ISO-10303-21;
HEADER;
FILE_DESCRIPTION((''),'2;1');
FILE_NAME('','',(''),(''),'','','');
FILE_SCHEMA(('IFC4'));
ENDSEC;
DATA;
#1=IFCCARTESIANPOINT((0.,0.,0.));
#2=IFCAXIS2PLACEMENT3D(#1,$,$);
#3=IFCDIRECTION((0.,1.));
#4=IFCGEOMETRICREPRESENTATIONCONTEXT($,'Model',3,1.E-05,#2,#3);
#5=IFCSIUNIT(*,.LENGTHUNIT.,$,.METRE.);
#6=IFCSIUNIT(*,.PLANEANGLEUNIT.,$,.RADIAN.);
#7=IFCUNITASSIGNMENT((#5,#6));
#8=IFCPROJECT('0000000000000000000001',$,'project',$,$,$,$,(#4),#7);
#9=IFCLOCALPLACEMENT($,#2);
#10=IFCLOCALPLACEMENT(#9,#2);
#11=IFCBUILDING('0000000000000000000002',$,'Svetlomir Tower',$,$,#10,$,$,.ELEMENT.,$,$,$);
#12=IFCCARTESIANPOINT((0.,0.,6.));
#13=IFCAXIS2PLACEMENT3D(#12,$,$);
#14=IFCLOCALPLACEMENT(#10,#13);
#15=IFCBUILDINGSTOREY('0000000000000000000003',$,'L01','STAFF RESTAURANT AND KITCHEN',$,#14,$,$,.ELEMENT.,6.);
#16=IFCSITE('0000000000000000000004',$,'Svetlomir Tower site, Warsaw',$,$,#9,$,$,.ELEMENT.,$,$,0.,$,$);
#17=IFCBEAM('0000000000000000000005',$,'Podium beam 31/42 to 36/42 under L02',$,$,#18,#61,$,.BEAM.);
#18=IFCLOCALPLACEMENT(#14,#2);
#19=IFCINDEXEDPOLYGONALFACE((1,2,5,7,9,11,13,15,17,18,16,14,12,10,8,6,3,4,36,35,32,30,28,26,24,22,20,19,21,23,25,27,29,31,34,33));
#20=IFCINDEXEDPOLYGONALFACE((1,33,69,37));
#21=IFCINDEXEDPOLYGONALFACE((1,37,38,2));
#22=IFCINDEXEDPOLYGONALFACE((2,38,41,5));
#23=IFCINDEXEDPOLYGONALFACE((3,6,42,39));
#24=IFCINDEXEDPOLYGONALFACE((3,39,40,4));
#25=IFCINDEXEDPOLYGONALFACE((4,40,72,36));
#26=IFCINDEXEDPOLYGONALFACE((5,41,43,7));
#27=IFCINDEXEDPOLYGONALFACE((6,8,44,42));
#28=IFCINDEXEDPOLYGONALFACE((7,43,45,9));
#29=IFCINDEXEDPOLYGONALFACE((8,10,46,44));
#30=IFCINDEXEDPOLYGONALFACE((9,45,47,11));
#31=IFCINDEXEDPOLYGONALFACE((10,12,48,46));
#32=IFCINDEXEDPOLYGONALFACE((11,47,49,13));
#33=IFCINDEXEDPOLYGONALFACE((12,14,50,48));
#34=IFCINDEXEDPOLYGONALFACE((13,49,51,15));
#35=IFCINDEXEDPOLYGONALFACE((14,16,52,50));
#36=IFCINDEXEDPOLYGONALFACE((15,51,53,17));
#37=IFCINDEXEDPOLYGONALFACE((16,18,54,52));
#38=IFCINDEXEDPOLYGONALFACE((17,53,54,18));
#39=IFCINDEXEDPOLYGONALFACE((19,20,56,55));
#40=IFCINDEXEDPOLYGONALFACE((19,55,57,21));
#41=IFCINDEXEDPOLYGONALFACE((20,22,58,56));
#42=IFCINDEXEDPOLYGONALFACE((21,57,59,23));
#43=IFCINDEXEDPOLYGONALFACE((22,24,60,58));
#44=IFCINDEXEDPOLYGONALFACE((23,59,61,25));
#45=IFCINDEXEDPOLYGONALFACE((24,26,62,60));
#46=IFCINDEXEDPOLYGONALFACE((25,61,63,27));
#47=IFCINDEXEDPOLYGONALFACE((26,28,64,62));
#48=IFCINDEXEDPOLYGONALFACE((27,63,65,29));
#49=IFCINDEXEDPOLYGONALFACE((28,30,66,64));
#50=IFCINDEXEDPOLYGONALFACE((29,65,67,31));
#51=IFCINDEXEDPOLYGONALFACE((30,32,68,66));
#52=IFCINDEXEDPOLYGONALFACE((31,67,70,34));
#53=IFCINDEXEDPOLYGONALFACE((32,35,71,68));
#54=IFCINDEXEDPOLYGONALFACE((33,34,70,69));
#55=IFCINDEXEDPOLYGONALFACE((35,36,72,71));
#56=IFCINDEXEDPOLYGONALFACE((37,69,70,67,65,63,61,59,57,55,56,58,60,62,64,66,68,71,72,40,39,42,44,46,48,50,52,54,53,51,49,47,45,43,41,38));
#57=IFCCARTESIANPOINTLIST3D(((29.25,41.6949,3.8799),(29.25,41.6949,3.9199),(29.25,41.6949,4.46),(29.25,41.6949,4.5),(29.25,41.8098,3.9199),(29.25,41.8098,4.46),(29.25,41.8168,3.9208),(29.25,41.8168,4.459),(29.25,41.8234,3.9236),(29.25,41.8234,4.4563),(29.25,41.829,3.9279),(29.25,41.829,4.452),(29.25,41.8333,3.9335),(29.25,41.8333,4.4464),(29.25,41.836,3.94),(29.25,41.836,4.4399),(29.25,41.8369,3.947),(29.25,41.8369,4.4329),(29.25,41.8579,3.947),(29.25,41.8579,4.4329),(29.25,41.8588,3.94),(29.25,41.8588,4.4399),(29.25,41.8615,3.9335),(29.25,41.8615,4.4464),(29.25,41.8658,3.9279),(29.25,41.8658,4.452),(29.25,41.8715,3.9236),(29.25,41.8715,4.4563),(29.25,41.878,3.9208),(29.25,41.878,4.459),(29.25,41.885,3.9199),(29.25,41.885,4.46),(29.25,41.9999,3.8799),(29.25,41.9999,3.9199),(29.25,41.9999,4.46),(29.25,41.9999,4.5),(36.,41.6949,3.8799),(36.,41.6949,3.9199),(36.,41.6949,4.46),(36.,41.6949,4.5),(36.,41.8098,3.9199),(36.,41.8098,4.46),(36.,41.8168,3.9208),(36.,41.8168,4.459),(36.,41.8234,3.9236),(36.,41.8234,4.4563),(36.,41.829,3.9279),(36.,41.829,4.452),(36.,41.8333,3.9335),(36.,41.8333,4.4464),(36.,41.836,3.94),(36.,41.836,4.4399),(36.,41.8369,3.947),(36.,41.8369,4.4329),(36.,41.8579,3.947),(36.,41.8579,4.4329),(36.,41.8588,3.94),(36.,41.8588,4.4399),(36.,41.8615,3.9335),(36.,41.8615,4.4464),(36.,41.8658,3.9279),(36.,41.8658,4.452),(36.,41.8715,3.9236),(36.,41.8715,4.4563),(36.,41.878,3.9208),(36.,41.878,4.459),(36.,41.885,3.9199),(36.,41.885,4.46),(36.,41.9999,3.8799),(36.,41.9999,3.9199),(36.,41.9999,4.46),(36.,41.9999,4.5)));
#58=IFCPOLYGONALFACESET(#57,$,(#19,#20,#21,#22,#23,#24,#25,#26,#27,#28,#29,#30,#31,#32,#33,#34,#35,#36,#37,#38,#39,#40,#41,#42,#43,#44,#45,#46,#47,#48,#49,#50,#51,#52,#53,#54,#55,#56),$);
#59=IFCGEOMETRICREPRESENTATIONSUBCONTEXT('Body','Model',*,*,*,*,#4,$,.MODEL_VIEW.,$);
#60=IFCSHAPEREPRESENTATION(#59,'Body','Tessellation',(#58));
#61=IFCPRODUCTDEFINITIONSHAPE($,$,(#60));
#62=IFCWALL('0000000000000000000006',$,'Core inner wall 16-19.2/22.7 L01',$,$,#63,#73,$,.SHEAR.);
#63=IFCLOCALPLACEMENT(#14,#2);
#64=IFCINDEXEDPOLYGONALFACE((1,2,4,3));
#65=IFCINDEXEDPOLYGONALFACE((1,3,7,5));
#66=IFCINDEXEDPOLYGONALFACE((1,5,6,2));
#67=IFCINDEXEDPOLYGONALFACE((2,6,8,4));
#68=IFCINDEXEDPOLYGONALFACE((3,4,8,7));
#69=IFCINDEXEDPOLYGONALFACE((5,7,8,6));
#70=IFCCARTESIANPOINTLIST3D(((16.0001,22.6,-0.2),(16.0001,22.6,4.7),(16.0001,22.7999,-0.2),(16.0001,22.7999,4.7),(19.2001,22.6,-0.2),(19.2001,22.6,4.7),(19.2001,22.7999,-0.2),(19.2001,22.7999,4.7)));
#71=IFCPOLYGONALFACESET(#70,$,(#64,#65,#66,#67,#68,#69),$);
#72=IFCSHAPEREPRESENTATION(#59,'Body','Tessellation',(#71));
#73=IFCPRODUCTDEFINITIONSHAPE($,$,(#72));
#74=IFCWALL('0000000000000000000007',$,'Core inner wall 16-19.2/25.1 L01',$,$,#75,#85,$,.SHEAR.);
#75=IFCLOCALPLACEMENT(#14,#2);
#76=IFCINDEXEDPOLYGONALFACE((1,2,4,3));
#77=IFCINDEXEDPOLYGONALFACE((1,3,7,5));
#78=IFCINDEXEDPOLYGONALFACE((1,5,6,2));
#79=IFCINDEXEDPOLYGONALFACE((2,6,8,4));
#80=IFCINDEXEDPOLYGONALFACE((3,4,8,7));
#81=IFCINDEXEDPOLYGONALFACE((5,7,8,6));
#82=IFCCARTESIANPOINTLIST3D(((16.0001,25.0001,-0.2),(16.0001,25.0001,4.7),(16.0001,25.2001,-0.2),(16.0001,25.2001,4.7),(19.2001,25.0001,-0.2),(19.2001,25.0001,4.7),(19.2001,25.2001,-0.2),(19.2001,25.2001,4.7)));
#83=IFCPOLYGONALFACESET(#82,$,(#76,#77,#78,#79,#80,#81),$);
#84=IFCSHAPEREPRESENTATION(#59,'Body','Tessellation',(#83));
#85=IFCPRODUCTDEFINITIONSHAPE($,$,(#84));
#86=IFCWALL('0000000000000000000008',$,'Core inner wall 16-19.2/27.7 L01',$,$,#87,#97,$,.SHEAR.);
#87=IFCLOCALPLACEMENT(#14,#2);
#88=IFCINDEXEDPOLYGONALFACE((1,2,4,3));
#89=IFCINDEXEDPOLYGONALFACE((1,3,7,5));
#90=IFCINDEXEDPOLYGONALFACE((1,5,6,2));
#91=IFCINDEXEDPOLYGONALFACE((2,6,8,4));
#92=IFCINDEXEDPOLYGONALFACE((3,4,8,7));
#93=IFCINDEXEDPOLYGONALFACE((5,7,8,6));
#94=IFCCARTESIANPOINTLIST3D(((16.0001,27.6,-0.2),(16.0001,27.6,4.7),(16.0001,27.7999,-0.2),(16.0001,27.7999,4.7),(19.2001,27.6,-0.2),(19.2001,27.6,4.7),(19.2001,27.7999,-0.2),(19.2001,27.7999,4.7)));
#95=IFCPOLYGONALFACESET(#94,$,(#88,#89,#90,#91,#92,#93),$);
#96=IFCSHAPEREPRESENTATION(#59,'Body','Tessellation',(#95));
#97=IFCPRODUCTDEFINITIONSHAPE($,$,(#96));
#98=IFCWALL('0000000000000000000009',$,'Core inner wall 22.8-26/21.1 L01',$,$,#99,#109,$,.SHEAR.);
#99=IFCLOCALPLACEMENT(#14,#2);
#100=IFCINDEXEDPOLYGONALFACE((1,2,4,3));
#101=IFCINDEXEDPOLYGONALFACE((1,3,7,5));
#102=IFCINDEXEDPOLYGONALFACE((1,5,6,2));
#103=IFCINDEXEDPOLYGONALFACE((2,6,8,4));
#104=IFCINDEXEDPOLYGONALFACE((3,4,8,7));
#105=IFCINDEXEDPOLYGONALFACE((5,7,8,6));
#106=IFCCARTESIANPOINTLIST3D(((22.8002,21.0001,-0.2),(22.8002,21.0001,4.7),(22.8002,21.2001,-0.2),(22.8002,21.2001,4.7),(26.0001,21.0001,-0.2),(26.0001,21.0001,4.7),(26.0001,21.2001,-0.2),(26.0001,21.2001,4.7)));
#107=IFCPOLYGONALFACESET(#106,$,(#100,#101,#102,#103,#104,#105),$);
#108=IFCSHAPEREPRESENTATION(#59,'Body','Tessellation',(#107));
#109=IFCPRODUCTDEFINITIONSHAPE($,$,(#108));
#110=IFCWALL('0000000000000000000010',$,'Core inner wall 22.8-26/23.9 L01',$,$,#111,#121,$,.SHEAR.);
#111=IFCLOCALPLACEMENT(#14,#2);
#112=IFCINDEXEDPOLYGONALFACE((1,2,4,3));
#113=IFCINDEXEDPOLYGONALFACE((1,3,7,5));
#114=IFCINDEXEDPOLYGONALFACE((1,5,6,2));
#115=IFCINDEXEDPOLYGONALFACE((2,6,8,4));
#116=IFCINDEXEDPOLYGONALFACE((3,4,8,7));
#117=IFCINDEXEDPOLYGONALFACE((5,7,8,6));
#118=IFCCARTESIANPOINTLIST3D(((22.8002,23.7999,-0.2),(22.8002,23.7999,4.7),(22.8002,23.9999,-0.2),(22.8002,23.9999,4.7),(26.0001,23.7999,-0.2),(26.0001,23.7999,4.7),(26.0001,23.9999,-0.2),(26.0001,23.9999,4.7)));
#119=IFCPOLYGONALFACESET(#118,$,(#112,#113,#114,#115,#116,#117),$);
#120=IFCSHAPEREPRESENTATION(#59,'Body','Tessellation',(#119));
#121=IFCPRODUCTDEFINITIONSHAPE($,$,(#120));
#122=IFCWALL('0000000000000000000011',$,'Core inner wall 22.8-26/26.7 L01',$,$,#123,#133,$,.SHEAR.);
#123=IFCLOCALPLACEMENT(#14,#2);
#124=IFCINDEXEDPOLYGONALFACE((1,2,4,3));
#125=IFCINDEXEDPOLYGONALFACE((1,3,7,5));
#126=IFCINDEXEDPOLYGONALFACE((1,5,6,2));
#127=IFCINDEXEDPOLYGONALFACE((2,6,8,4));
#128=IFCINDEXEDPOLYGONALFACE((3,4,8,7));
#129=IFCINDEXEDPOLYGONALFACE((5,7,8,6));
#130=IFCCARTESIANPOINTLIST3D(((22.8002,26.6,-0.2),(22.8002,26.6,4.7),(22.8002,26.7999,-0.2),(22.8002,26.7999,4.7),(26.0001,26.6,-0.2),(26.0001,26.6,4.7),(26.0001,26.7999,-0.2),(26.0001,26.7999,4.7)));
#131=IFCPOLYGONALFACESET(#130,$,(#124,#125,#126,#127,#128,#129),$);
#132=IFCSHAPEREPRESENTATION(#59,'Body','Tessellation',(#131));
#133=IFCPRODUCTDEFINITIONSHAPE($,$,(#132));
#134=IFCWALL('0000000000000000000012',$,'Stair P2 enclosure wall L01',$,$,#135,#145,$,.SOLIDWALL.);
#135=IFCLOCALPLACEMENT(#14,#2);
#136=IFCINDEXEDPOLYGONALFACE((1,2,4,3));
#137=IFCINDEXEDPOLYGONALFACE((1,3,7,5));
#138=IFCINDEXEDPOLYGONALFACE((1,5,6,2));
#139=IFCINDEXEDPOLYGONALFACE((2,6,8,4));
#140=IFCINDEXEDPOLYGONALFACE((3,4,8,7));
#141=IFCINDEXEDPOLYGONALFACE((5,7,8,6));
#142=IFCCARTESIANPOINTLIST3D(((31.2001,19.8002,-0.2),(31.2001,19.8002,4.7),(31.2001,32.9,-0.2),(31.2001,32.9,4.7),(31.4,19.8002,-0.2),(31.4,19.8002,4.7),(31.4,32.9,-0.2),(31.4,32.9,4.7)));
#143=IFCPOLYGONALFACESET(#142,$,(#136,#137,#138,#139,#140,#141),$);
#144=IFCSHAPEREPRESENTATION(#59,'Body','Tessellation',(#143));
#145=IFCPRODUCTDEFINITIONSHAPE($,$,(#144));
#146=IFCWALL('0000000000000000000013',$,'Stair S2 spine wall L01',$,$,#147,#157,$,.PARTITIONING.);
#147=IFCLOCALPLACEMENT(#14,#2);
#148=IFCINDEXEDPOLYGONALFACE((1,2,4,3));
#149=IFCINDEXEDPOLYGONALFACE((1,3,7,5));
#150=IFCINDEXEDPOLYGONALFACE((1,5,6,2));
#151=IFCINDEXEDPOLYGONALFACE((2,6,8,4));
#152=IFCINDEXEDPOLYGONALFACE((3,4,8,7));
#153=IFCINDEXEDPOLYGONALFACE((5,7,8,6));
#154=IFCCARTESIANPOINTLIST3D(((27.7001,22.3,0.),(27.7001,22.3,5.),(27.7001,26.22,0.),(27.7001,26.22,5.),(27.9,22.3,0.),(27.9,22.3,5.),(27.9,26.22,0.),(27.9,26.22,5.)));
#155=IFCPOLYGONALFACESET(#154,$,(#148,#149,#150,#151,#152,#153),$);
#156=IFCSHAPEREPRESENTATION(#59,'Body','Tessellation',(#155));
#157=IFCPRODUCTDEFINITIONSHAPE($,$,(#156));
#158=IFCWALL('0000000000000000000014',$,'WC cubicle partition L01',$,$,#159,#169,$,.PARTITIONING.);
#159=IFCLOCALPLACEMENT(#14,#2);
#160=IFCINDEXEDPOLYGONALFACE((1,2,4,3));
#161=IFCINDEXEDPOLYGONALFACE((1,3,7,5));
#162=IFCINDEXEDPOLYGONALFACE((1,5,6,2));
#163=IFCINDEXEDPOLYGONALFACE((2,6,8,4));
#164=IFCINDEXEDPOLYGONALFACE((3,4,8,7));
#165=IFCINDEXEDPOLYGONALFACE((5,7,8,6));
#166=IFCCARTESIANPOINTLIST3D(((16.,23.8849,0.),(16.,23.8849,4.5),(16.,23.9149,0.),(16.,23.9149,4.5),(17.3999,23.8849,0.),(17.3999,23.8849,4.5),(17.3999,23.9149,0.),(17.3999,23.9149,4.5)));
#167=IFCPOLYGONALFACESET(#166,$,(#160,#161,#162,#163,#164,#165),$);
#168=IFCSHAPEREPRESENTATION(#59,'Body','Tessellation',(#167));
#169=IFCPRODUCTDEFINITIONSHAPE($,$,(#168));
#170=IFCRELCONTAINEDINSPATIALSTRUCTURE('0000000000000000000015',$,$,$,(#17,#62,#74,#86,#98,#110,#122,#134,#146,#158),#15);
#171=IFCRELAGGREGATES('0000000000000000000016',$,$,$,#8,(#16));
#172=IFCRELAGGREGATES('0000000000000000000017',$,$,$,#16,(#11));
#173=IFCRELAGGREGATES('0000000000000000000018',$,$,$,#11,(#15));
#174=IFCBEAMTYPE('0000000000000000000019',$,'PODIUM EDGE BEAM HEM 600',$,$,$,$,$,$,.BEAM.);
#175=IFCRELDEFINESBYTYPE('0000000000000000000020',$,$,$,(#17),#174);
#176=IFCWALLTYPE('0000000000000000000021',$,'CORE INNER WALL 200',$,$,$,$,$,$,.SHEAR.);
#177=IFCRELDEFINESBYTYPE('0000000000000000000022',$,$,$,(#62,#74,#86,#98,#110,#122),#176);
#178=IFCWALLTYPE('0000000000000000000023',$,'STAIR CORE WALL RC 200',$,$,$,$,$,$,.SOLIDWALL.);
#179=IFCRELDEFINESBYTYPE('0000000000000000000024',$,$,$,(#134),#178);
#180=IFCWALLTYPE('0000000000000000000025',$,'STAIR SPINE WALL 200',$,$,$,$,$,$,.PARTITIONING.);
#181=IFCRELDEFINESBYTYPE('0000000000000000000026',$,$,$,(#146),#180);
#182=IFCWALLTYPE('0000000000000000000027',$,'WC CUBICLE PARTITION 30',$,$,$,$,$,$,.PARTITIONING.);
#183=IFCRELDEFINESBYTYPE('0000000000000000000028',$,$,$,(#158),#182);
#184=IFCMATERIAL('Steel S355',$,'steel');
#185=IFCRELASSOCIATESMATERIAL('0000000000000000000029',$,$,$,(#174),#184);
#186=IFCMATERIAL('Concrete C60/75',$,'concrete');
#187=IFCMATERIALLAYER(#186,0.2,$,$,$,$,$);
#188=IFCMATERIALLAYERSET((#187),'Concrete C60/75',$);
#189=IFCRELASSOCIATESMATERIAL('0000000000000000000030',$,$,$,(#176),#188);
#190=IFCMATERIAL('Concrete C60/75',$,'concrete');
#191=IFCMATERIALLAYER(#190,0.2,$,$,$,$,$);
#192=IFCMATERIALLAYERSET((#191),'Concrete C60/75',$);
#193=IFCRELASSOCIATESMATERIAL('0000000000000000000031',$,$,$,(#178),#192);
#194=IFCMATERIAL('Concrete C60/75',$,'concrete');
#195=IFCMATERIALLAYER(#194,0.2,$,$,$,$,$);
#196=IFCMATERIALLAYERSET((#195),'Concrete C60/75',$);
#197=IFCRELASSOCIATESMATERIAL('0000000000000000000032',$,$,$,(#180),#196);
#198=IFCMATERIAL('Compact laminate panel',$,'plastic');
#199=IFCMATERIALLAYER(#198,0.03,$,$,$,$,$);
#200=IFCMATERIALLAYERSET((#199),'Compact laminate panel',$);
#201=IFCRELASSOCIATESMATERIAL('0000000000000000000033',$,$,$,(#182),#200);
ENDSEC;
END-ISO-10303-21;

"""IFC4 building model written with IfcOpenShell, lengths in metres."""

from ifc_helpers import new_model, si_unit, direction, frame, frame_2d, origin, origin_2d, place, context, subcontext, project, spatial, rectangle, i_section, extrude, material, layer, layer_set, material_profile, profile_set, type_object, element, save


model = new_model("IFC4")

# Units and contexts
model_context = context("Model", 3, precision=1e-05, world=origin(), true_north=direction((0.0, 1.0)))
body_context = subcontext(model_context, "Body", "Model", "MODEL_VIEW")
ifc_project = project(units=[si_unit("LENGTHUNIT", "METRE"), si_unit("PLANEANGLEUNIT", "RADIAN")], contexts=[model_context])

# Site, building, storey
site_placement = place(None, origin())
site = spatial("IfcSite", under=ifc_project, at=site_placement, Name="Svetlomir Tower site, Warsaw", CompositionType="ELEMENT", RefElevation=0.0)
building_placement = place(site_placement, origin())
building = spatial("IfcBuilding", under=site, at=building_placement, Name="Svetlomir Tower", CompositionType="ELEMENT")
storey_placement = place(building_placement, frame((0.0, 0.0, 6.0)))
storey = spatial("IfcBuildingStorey", under=building, at=storey_placement, Name="L01", Description="STAFF RESTAURANT AND KITCHEN", CompositionType="ELEMENT", Elevation=6.0)

# Beam
ifc_material_1 = material(Name="Steel S355", Category="steel")
ifc_material_profile_1 = material_profile(ifc_material_1, i_section(OverallWidth=0.3049, OverallDepth=0.6201, WebThickness=0.021, FlangeThickness=0.04, FilletRadius=0.0271, at=origin_2d()), Name="HEM 600")
ifc_profile_set_1 = profile_set([ifc_material_profile_1], Name="Steel S355")
beam_type = type_object("IfcBeamType", Name="PODIUM EDGE BEAM HEM 600", PredefinedType="BEAM", material=ifc_profile_set_1)
beam_1_placement = place(storey_placement, frame((29.25, 41.8474, 4.1899), z_axis=(1.0, 0.0, 0.0), x_axis=(0.0, 1.0, 0.0)))
element("IfcBeam", 1, at=beam_1_placement, inside=storey, type_object=beam_type, Name="Podium beam 31/42 to 36/42 under L02", PredefinedType="BEAM", context=body_context, shape_type="SweptSolid", body=[
    extrude(i_section(OverallWidth=0.3049, OverallDepth=0.6201, WebThickness=0.021, FlangeThickness=0.04, FilletRadius=0.0271, at=origin_2d()), origin(), (0.0, 0.0, 1.0), 6.75),
])

# Walls
ifc_material_2 = material(Name="Concrete C60/75", Category="concrete")
ifc_layer_1 = layer(ifc_material_2, 0.2)
ifc_layer_set_1 = layer_set([ifc_layer_1], Name="Concrete C60/75")
wall_type_1 = type_object("IfcWallType", Name="CORE INNER WALL 200", PredefinedType="SHEAR", material=ifc_layer_set_1)
for number, where, z_axis, x_axis, name in (
    (2, (16.0, 22.7, -0.2), (0.0, 0.0, 1.0), (1.0, 0.0, 0.0), "Core inner wall 16-19.2/22.7 L01"),
    (3, (16.0, 25.1001, -0.2), (0.0, 0.0, 1.0), (1.0, 0.0, 0.0), "Core inner wall 16-19.2/25.1 L01"),
    (4, (16.0, 27.7, -0.2), (0.0, 0.0, 1.0), (1.0, 0.0, 0.0), "Core inner wall 16-19.2/27.7 L01"),
    (5, (22.8, 21.1001, -0.2), (0.0, 0.0, 1.0), (1.0, 0.0, 0.0), "Core inner wall 22.8-26/21.1 L01"),
    (6, (22.8, 23.8999, -0.2), (0.0, 0.0, 1.0), (1.0, 0.0, 0.0), "Core inner wall 22.8-26/23.9 L01"),
    (7, (22.8, 26.7, -0.2), (0.0, 0.0, 1.0), (1.0, 0.0, 0.0), "Core inner wall 22.8-26/26.7 L01"),
):
    element("IfcWall", number, at=place(storey_placement, frame(where, z_axis=z_axis, x_axis=x_axis)), inside=storey, type_object=wall_type_1, Name=name, PredefinedType="SHEAR", context=body_context, shape_type="SweptSolid", body=[
        extrude(rectangle(XDim=3.2, YDim=0.2, at=frame_2d((1.6001, 0.0))), origin(), (0.0, 0.0, 1.0), 4.8999),
    ])
ifc_material_3 = material(Name="Concrete C60/75", Category="concrete")
ifc_layer_2 = layer(ifc_material_3, 0.2)
ifc_layer_set_2 = layer_set([ifc_layer_2], Name="Concrete C60/75")
wall_type_2 = type_object("IfcWallType", Name="STAIR CORE WALL RC 200", PredefinedType="SOLIDWALL", material=ifc_layer_set_2)
wall_1_placement = place(storey_placement, frame((31.3, 32.8999, -0.2), z_axis=(0.0, 0.0, 1.0), x_axis=(0.0, -1.0, 0.0)))
element("IfcWall", 8, at=wall_1_placement, inside=storey, type_object=wall_type_2, Name="Stair P2 enclosure wall L01", PredefinedType="SOLIDWALL", context=body_context, shape_type="SweptSolid", body=[
    extrude(rectangle(XDim=13.0999, YDim=0.2, at=frame_2d((6.5498, 0.0))), origin(), (0.0, 0.0, 1.0), 4.8999),
])
ifc_material_4 = material(Name="Concrete C60/75", Category="concrete")
ifc_layer_3 = layer(ifc_material_4, 0.2)
ifc_layer_set_3 = layer_set([ifc_layer_3], Name="Concrete C60/75")
wall_type_3 = type_object("IfcWallType", Name="STAIR SPINE WALL 200", PredefinedType="PARTITIONING", material=ifc_layer_set_3)
wall_2_placement = place(storey_placement, frame((27.8, 22.3, 0.0), z_axis=(0.0, 0.0, 1.0), x_axis=(0.0, 1.0, 0.0)))
element("IfcWall", 9, at=wall_2_placement, inside=storey, type_object=wall_type_3, Name="Stair S2 spine wall L01", PredefinedType="PARTITIONING", context=body_context, shape_type="SweptSolid", body=[
    extrude(rectangle(XDim=3.9199, YDim=0.2, at=frame_2d((1.96, 0.0))), origin(), (0.0, 0.0, 1.0), 5.0),
])
ifc_material_5 = material(Name="Compact laminate panel", Category="plastic")
ifc_layer_4 = layer(ifc_material_5, 0.03)
ifc_layer_set_4 = layer_set([ifc_layer_4], Name="Compact laminate panel")
wall_type_4 = type_object("IfcWallType", Name="WC CUBICLE PARTITION 30", PredefinedType="PARTITIONING", material=ifc_layer_set_4)
wall_3_placement = place(storey_placement, frame((16.0, 23.8999, 0.0), z_axis=(0.0, 0.0, 1.0), x_axis=(1.0, 0.0, 0.0)))
element("IfcWall", 10, at=wall_3_placement, inside=storey, type_object=wall_type_4, Name="WC cubicle partition L01", PredefinedType="PARTITIONING", context=body_context, shape_type="SweptSolid", body=[
    extrude(rectangle(XDim=1.3999, YDim=0.03, at=frame_2d((0.7, 0.0))), origin(), (0.0, 0.0, 1.0), 4.5),
])

save(model, "model.ifc")
